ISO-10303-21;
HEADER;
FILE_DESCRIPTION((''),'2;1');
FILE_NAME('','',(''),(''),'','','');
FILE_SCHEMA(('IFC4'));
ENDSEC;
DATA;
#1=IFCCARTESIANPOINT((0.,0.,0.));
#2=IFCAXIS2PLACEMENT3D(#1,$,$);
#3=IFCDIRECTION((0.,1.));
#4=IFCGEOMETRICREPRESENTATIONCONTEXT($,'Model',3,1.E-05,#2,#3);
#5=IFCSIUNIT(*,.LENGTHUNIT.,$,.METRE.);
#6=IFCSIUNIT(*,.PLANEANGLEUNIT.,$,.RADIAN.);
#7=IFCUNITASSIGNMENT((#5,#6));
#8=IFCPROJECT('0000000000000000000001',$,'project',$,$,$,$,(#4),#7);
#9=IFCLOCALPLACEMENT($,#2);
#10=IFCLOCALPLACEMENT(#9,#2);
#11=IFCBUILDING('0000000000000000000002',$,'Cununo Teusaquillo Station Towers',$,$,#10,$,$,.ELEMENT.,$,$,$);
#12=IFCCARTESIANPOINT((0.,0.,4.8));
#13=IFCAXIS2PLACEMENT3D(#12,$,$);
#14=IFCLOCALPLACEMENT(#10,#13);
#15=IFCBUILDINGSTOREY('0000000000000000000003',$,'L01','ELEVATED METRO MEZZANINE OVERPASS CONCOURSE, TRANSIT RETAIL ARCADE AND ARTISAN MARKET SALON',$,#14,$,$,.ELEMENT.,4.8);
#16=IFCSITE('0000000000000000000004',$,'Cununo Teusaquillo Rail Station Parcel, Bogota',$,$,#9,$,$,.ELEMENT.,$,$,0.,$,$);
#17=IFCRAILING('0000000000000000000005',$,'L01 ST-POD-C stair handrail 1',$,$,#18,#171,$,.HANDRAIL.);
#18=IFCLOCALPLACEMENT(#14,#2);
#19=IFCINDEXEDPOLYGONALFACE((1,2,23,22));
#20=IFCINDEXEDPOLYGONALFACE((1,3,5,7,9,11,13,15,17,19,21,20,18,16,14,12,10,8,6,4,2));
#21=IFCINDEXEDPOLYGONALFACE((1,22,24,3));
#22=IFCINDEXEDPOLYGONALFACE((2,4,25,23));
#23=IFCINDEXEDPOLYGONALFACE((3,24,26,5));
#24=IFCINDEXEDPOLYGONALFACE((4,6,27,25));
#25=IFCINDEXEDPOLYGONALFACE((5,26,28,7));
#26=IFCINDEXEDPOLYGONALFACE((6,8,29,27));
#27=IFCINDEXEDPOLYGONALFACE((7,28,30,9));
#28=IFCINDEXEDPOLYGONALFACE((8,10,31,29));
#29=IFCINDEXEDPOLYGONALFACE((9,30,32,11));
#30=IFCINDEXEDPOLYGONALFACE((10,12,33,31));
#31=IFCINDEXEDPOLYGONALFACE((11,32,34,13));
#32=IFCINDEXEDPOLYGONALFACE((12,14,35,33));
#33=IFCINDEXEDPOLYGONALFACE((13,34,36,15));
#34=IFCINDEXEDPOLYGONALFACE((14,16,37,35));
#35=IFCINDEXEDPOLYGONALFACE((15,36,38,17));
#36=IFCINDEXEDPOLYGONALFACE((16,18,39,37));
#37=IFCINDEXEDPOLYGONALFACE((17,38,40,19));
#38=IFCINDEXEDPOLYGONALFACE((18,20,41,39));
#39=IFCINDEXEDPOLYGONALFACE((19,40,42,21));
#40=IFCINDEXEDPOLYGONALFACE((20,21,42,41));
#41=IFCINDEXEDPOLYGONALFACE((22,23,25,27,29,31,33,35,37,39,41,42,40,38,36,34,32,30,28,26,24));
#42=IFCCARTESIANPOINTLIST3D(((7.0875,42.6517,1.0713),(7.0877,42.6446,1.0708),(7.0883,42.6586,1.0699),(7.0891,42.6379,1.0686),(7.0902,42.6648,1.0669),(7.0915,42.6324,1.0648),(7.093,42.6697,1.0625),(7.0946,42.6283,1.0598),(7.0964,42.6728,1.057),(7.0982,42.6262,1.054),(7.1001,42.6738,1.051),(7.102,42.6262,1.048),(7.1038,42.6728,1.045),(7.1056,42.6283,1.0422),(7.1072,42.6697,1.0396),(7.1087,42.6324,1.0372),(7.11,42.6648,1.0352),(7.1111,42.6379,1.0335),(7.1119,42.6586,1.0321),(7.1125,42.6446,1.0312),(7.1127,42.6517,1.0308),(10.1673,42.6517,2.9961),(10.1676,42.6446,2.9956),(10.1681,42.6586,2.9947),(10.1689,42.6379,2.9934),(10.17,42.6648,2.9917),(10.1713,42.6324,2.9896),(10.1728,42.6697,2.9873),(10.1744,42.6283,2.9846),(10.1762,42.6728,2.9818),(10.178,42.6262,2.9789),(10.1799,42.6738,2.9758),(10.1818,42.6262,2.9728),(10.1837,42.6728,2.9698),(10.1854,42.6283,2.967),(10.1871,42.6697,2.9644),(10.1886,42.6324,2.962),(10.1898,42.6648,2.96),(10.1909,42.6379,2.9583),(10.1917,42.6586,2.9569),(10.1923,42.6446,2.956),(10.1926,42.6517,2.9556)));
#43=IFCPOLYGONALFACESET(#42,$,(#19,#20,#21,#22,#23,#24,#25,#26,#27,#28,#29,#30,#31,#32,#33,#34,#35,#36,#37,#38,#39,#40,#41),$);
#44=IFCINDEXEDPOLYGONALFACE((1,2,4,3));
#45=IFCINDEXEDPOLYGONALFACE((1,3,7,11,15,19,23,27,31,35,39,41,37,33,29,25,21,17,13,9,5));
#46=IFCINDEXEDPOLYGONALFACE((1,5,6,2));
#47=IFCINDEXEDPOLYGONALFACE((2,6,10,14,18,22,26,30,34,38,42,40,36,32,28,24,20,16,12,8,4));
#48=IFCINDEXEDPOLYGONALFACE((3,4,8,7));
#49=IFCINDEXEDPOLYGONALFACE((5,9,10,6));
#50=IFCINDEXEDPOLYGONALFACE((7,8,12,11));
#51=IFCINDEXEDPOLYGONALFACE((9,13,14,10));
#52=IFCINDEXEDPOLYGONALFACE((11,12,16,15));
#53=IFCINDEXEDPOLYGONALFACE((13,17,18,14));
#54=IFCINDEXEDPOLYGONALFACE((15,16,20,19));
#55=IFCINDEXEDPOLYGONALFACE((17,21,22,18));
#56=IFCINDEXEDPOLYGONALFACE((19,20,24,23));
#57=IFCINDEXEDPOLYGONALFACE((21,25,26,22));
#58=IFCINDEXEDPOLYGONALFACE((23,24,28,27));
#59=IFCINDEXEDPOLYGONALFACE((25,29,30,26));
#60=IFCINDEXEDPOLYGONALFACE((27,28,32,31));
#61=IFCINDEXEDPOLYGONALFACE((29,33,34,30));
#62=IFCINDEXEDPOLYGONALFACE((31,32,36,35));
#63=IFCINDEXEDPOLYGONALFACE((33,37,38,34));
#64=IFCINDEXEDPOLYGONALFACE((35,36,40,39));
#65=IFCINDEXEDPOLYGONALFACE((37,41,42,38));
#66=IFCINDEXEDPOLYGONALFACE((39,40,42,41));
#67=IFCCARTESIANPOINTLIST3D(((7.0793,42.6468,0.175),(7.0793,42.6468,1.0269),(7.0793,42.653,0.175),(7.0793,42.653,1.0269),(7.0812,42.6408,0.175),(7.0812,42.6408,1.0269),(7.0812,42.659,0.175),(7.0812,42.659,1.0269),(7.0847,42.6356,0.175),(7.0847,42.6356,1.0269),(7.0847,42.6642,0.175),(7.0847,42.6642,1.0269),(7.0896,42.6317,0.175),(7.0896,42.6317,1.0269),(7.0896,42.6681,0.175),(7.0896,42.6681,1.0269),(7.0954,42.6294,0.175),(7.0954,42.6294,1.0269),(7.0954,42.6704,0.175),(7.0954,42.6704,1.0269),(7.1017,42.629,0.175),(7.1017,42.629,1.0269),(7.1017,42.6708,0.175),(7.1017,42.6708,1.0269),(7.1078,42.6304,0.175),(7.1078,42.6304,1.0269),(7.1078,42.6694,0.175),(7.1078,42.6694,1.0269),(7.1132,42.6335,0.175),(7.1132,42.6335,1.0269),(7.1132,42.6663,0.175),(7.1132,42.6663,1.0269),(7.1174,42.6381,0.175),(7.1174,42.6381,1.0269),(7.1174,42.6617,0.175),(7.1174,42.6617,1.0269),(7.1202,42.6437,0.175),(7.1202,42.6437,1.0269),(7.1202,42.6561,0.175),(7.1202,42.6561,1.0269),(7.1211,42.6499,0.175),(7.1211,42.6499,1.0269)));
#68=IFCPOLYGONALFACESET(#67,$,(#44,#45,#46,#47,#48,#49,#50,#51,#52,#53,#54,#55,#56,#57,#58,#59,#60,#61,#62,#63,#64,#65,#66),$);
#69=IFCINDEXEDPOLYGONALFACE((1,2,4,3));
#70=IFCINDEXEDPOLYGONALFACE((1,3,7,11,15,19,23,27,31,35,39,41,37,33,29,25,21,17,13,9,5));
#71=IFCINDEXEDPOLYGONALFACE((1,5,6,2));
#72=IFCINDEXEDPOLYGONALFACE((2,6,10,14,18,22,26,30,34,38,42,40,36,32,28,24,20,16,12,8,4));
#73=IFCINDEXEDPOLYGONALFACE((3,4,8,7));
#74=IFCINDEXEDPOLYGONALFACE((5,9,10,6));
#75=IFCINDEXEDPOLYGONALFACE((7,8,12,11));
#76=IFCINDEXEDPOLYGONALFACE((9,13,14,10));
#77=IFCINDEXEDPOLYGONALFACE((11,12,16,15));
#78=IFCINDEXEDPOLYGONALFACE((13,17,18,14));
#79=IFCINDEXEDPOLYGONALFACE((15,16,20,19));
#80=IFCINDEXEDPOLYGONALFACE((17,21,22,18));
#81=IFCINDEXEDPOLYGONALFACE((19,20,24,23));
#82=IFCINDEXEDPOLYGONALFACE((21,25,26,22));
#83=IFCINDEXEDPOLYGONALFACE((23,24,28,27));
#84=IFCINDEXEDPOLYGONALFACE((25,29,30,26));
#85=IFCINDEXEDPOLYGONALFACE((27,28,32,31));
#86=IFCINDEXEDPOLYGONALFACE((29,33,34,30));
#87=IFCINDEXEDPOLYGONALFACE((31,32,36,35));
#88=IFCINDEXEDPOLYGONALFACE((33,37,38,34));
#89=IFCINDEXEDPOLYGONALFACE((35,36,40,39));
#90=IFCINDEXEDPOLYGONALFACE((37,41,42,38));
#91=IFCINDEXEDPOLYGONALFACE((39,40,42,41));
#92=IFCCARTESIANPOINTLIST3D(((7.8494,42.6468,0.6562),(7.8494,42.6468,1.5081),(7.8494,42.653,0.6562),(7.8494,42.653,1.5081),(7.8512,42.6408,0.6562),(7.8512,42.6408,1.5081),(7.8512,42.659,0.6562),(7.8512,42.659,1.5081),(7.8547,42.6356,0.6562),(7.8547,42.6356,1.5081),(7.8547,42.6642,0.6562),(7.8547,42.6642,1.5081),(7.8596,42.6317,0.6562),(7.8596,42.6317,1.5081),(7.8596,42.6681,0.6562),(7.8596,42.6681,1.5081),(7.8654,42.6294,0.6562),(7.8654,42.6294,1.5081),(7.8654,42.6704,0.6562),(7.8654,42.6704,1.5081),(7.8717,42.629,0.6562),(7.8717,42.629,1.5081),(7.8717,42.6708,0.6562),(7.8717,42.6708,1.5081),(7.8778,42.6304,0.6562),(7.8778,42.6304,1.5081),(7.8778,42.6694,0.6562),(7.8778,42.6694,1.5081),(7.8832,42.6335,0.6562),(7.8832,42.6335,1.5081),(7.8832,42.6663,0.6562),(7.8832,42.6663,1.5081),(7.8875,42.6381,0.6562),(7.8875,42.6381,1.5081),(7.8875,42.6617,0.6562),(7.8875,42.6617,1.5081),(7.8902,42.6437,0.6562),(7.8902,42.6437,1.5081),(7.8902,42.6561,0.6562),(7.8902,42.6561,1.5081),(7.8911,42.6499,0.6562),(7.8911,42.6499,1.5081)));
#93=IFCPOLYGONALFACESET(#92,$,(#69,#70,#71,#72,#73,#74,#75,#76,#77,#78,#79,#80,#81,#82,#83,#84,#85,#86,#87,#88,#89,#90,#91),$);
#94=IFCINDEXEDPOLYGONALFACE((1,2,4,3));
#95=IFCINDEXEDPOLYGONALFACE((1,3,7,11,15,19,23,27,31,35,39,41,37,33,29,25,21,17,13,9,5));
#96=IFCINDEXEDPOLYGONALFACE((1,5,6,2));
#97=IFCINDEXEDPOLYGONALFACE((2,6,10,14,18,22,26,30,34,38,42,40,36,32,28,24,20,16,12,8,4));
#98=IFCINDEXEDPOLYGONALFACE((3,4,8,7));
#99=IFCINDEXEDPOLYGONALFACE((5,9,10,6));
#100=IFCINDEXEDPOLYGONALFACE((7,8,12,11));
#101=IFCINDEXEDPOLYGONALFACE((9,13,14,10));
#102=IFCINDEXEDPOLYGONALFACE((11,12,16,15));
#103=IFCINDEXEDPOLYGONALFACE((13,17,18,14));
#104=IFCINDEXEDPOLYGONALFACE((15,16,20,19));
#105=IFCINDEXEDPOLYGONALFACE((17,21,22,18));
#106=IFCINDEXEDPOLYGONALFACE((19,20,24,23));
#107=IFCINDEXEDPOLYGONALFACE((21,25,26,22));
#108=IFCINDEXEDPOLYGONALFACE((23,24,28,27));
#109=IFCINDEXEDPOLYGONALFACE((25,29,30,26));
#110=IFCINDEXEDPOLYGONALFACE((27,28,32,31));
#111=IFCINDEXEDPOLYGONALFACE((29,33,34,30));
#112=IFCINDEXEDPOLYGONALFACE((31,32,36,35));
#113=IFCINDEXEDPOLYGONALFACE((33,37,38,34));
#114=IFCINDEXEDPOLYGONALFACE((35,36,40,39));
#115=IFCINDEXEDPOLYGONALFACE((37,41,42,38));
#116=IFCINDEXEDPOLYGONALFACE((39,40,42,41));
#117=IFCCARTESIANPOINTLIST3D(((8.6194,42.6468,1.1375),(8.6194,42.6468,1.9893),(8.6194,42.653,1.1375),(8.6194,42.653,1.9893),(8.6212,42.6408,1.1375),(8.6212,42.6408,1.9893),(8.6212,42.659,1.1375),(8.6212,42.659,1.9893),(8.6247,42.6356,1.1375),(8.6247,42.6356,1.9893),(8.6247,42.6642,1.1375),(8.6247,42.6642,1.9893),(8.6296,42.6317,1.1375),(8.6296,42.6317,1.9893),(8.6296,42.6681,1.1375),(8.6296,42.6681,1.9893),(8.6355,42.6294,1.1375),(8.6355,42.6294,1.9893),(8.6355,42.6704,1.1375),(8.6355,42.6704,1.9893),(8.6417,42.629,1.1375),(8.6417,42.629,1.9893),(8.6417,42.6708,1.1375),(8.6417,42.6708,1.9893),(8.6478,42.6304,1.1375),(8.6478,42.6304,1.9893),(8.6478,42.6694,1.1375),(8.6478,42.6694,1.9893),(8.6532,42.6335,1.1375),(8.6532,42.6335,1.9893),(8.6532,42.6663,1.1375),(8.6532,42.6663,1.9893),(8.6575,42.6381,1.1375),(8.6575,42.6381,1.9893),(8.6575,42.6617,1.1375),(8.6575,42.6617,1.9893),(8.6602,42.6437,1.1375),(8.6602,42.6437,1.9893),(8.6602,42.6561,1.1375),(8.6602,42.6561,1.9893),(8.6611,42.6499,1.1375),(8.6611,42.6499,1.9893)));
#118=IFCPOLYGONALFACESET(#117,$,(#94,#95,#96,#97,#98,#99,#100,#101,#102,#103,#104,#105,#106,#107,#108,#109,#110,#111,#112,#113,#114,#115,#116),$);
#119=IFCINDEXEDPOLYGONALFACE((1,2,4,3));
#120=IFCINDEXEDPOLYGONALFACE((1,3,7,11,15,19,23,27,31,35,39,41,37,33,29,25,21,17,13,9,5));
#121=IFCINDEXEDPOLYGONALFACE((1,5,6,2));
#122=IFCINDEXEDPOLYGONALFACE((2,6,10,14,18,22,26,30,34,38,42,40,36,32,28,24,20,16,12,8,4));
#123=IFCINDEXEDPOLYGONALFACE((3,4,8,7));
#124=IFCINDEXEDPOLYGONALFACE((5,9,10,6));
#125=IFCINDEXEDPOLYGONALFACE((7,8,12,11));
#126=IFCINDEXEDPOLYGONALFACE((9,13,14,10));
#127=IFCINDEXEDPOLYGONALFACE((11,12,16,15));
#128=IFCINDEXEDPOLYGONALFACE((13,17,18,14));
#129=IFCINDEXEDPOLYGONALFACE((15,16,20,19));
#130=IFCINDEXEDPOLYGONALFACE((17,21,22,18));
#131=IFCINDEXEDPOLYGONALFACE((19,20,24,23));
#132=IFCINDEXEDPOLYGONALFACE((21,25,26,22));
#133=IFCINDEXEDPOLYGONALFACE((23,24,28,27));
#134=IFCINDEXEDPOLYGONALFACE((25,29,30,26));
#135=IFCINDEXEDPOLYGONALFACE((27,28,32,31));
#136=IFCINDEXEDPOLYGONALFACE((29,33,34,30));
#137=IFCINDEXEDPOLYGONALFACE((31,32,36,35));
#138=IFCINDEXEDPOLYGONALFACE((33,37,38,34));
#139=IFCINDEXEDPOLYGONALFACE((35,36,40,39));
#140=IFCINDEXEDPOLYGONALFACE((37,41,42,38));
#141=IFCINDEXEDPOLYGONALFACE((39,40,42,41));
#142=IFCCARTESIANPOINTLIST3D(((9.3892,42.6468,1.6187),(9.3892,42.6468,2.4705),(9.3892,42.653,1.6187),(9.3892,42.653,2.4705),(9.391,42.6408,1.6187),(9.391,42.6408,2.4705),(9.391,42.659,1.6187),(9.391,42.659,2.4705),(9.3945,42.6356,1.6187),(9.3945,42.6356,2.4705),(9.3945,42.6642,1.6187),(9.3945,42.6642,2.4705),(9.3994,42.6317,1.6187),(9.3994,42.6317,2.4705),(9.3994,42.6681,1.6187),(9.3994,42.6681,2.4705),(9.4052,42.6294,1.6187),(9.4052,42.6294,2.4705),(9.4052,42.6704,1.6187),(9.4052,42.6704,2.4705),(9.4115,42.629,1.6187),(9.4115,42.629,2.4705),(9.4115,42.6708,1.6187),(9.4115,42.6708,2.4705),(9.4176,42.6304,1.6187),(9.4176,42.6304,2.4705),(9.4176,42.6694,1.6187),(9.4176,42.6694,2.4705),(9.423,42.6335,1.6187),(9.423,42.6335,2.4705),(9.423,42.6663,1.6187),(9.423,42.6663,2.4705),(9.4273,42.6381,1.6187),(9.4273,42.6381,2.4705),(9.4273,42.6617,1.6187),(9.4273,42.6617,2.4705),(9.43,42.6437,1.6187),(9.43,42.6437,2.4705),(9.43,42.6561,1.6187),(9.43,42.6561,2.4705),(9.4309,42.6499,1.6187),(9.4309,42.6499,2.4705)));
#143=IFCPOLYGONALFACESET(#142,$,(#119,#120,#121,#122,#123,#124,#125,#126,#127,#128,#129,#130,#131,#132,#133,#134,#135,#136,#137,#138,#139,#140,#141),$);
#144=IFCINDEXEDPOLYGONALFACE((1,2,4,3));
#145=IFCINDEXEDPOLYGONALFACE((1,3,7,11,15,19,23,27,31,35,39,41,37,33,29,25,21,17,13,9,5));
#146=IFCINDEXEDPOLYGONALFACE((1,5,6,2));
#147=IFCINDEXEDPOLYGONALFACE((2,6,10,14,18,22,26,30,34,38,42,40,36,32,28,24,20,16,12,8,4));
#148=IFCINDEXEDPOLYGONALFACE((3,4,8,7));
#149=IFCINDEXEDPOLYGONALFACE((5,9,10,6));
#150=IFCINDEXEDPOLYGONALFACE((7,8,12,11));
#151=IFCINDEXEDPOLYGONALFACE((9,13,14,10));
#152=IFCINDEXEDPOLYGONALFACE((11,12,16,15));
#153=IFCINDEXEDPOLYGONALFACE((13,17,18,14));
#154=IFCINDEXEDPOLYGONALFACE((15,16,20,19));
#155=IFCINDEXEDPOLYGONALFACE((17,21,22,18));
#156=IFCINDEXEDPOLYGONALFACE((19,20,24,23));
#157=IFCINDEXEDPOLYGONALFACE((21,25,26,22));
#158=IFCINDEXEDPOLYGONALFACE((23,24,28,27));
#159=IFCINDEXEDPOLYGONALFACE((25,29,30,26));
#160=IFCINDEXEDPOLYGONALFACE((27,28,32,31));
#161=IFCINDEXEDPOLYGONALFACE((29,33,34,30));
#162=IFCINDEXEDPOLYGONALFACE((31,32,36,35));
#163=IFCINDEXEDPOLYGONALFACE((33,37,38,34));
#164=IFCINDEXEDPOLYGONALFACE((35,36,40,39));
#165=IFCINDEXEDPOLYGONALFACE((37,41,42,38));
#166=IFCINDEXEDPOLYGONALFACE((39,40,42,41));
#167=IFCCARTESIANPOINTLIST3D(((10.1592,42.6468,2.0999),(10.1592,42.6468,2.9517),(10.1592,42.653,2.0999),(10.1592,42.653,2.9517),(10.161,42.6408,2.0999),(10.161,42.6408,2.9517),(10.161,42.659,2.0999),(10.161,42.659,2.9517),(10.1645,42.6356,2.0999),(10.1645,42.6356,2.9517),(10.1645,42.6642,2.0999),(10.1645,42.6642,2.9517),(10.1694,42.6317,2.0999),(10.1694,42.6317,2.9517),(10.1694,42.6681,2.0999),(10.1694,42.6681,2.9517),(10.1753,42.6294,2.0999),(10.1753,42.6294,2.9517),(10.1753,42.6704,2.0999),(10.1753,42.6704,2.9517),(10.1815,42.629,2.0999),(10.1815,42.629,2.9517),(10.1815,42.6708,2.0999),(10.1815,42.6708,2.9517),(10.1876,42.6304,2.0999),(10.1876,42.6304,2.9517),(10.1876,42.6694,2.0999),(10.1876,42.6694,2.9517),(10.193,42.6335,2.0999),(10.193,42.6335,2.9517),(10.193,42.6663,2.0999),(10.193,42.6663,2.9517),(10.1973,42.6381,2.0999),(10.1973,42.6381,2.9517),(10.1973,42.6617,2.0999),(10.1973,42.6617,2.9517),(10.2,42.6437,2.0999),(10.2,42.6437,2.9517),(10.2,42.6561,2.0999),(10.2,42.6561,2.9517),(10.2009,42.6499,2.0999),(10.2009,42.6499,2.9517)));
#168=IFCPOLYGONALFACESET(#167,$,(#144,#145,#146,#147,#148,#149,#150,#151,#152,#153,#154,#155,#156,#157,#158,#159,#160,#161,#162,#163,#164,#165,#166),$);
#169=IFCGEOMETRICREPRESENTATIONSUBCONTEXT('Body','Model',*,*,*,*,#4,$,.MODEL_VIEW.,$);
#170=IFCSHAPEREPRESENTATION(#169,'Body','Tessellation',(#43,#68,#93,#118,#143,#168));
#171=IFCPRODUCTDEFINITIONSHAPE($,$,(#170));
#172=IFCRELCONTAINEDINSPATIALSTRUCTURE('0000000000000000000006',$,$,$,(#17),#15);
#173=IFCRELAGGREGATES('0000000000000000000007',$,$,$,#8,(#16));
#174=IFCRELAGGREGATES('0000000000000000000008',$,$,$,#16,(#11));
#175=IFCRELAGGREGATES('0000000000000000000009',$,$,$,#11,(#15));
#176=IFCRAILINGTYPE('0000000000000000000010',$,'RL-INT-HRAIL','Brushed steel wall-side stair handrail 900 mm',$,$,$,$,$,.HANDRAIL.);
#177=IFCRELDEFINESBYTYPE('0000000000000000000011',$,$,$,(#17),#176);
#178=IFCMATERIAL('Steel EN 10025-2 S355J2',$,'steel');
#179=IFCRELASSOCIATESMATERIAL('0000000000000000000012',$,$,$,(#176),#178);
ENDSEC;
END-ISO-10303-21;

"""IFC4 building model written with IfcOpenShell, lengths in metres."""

from ifc_helpers import new_model, si_unit, direction, frame, origin, origin_2d, place, context, subcontext, project, spatial, circle, extrude, material, type_object, element, save


model = new_model("IFC4")

# Units and contexts
model_context = context("Model", 3, precision=1e-05, world=origin(), true_north=direction((0.0, 1.0)))
body_context = subcontext(model_context, "Body", "Model", "MODEL_VIEW")
ifc_project = project(units=[si_unit("LENGTHUNIT", "METRE"), si_unit("PLANEANGLEUNIT", "RADIAN")], contexts=[model_context])

# Site, building, storey
site_placement = place(None, origin())
site = spatial("IfcSite", under=ifc_project, at=site_placement, Name="Cununo Teusaquillo Rail Station Parcel, Bogota", CompositionType="ELEMENT", RefElevation=0.0)
building_placement = place(site_placement, origin())
building = spatial("IfcBuilding", under=site, at=building_placement, Name="Cununo Teusaquillo Station Towers", CompositionType="ELEMENT")
storey_placement = place(building_placement, frame((0.0, 0.0, 4.8)))
storey = spatial("IfcBuildingStorey", under=building, at=storey_placement, Name="L01", Description="ELEVATED METRO MEZZANINE OVERPASS CONCOURSE, TRANSIT RETAIL ARCADE AND ARTISAN MARKET SALON", CompositionType="ELEMENT", Elevation=4.8)

# Railing
ifc_material_1 = material(Name="Steel EN 10025-2 S355J2", Category="steel")
railing_type_1 = type_object("IfcRailingType", Name="RL-INT-HRAIL", Description="Brushed steel wall-side stair handrail 900 mm", PredefinedType="HANDRAIL", material=ifc_material_1)
railing_1_placement = place(storey_placement, frame((7.1001, 42.6499, 0.175)))
element("IfcRailing", 1, at=railing_1_placement, inside=storey, type_object=railing_type_1, Name="L01 ST-POD-C stair handrail 1", PredefinedType="HANDRAIL", context=body_context, shape_type="SweptSolid", body=[
    extrude(circle(Radius=0.0239, at=origin_2d()), frame((0.0, 0.0, 0.876), z_axis=(0.84801, 0.0, 0.529981), x_axis=(0.0, 1.0, 0.0)), (0.0, 0.0, 1.0), 3.6318),
    extrude(circle(Radius=0.021, at=origin_2d()), origin(), (0.0, 0.0, 1.0), 0.8518),
    extrude(circle(Radius=0.021, at=origin_2d()), frame((0.77, 0.0, 0.4812)), (0.0, 0.0, 1.0), 0.8518),
    extrude(circle(Radius=0.021, at=origin_2d()), frame((1.54, 0.0, 0.9624)), (0.0, 0.0, 1.0), 0.8518),
    extrude(circle(Radius=0.021, at=origin_2d()), frame((2.3098, 0.0, 1.4436)), (0.0, 0.0, 1.0), 0.8518),
    extrude(circle(Radius=0.021, at=origin_2d()), frame((3.0798, 0.0, 1.9248)), (0.0, 0.0, 1.0), 0.8518),
])

save(model, "model.ifc")
